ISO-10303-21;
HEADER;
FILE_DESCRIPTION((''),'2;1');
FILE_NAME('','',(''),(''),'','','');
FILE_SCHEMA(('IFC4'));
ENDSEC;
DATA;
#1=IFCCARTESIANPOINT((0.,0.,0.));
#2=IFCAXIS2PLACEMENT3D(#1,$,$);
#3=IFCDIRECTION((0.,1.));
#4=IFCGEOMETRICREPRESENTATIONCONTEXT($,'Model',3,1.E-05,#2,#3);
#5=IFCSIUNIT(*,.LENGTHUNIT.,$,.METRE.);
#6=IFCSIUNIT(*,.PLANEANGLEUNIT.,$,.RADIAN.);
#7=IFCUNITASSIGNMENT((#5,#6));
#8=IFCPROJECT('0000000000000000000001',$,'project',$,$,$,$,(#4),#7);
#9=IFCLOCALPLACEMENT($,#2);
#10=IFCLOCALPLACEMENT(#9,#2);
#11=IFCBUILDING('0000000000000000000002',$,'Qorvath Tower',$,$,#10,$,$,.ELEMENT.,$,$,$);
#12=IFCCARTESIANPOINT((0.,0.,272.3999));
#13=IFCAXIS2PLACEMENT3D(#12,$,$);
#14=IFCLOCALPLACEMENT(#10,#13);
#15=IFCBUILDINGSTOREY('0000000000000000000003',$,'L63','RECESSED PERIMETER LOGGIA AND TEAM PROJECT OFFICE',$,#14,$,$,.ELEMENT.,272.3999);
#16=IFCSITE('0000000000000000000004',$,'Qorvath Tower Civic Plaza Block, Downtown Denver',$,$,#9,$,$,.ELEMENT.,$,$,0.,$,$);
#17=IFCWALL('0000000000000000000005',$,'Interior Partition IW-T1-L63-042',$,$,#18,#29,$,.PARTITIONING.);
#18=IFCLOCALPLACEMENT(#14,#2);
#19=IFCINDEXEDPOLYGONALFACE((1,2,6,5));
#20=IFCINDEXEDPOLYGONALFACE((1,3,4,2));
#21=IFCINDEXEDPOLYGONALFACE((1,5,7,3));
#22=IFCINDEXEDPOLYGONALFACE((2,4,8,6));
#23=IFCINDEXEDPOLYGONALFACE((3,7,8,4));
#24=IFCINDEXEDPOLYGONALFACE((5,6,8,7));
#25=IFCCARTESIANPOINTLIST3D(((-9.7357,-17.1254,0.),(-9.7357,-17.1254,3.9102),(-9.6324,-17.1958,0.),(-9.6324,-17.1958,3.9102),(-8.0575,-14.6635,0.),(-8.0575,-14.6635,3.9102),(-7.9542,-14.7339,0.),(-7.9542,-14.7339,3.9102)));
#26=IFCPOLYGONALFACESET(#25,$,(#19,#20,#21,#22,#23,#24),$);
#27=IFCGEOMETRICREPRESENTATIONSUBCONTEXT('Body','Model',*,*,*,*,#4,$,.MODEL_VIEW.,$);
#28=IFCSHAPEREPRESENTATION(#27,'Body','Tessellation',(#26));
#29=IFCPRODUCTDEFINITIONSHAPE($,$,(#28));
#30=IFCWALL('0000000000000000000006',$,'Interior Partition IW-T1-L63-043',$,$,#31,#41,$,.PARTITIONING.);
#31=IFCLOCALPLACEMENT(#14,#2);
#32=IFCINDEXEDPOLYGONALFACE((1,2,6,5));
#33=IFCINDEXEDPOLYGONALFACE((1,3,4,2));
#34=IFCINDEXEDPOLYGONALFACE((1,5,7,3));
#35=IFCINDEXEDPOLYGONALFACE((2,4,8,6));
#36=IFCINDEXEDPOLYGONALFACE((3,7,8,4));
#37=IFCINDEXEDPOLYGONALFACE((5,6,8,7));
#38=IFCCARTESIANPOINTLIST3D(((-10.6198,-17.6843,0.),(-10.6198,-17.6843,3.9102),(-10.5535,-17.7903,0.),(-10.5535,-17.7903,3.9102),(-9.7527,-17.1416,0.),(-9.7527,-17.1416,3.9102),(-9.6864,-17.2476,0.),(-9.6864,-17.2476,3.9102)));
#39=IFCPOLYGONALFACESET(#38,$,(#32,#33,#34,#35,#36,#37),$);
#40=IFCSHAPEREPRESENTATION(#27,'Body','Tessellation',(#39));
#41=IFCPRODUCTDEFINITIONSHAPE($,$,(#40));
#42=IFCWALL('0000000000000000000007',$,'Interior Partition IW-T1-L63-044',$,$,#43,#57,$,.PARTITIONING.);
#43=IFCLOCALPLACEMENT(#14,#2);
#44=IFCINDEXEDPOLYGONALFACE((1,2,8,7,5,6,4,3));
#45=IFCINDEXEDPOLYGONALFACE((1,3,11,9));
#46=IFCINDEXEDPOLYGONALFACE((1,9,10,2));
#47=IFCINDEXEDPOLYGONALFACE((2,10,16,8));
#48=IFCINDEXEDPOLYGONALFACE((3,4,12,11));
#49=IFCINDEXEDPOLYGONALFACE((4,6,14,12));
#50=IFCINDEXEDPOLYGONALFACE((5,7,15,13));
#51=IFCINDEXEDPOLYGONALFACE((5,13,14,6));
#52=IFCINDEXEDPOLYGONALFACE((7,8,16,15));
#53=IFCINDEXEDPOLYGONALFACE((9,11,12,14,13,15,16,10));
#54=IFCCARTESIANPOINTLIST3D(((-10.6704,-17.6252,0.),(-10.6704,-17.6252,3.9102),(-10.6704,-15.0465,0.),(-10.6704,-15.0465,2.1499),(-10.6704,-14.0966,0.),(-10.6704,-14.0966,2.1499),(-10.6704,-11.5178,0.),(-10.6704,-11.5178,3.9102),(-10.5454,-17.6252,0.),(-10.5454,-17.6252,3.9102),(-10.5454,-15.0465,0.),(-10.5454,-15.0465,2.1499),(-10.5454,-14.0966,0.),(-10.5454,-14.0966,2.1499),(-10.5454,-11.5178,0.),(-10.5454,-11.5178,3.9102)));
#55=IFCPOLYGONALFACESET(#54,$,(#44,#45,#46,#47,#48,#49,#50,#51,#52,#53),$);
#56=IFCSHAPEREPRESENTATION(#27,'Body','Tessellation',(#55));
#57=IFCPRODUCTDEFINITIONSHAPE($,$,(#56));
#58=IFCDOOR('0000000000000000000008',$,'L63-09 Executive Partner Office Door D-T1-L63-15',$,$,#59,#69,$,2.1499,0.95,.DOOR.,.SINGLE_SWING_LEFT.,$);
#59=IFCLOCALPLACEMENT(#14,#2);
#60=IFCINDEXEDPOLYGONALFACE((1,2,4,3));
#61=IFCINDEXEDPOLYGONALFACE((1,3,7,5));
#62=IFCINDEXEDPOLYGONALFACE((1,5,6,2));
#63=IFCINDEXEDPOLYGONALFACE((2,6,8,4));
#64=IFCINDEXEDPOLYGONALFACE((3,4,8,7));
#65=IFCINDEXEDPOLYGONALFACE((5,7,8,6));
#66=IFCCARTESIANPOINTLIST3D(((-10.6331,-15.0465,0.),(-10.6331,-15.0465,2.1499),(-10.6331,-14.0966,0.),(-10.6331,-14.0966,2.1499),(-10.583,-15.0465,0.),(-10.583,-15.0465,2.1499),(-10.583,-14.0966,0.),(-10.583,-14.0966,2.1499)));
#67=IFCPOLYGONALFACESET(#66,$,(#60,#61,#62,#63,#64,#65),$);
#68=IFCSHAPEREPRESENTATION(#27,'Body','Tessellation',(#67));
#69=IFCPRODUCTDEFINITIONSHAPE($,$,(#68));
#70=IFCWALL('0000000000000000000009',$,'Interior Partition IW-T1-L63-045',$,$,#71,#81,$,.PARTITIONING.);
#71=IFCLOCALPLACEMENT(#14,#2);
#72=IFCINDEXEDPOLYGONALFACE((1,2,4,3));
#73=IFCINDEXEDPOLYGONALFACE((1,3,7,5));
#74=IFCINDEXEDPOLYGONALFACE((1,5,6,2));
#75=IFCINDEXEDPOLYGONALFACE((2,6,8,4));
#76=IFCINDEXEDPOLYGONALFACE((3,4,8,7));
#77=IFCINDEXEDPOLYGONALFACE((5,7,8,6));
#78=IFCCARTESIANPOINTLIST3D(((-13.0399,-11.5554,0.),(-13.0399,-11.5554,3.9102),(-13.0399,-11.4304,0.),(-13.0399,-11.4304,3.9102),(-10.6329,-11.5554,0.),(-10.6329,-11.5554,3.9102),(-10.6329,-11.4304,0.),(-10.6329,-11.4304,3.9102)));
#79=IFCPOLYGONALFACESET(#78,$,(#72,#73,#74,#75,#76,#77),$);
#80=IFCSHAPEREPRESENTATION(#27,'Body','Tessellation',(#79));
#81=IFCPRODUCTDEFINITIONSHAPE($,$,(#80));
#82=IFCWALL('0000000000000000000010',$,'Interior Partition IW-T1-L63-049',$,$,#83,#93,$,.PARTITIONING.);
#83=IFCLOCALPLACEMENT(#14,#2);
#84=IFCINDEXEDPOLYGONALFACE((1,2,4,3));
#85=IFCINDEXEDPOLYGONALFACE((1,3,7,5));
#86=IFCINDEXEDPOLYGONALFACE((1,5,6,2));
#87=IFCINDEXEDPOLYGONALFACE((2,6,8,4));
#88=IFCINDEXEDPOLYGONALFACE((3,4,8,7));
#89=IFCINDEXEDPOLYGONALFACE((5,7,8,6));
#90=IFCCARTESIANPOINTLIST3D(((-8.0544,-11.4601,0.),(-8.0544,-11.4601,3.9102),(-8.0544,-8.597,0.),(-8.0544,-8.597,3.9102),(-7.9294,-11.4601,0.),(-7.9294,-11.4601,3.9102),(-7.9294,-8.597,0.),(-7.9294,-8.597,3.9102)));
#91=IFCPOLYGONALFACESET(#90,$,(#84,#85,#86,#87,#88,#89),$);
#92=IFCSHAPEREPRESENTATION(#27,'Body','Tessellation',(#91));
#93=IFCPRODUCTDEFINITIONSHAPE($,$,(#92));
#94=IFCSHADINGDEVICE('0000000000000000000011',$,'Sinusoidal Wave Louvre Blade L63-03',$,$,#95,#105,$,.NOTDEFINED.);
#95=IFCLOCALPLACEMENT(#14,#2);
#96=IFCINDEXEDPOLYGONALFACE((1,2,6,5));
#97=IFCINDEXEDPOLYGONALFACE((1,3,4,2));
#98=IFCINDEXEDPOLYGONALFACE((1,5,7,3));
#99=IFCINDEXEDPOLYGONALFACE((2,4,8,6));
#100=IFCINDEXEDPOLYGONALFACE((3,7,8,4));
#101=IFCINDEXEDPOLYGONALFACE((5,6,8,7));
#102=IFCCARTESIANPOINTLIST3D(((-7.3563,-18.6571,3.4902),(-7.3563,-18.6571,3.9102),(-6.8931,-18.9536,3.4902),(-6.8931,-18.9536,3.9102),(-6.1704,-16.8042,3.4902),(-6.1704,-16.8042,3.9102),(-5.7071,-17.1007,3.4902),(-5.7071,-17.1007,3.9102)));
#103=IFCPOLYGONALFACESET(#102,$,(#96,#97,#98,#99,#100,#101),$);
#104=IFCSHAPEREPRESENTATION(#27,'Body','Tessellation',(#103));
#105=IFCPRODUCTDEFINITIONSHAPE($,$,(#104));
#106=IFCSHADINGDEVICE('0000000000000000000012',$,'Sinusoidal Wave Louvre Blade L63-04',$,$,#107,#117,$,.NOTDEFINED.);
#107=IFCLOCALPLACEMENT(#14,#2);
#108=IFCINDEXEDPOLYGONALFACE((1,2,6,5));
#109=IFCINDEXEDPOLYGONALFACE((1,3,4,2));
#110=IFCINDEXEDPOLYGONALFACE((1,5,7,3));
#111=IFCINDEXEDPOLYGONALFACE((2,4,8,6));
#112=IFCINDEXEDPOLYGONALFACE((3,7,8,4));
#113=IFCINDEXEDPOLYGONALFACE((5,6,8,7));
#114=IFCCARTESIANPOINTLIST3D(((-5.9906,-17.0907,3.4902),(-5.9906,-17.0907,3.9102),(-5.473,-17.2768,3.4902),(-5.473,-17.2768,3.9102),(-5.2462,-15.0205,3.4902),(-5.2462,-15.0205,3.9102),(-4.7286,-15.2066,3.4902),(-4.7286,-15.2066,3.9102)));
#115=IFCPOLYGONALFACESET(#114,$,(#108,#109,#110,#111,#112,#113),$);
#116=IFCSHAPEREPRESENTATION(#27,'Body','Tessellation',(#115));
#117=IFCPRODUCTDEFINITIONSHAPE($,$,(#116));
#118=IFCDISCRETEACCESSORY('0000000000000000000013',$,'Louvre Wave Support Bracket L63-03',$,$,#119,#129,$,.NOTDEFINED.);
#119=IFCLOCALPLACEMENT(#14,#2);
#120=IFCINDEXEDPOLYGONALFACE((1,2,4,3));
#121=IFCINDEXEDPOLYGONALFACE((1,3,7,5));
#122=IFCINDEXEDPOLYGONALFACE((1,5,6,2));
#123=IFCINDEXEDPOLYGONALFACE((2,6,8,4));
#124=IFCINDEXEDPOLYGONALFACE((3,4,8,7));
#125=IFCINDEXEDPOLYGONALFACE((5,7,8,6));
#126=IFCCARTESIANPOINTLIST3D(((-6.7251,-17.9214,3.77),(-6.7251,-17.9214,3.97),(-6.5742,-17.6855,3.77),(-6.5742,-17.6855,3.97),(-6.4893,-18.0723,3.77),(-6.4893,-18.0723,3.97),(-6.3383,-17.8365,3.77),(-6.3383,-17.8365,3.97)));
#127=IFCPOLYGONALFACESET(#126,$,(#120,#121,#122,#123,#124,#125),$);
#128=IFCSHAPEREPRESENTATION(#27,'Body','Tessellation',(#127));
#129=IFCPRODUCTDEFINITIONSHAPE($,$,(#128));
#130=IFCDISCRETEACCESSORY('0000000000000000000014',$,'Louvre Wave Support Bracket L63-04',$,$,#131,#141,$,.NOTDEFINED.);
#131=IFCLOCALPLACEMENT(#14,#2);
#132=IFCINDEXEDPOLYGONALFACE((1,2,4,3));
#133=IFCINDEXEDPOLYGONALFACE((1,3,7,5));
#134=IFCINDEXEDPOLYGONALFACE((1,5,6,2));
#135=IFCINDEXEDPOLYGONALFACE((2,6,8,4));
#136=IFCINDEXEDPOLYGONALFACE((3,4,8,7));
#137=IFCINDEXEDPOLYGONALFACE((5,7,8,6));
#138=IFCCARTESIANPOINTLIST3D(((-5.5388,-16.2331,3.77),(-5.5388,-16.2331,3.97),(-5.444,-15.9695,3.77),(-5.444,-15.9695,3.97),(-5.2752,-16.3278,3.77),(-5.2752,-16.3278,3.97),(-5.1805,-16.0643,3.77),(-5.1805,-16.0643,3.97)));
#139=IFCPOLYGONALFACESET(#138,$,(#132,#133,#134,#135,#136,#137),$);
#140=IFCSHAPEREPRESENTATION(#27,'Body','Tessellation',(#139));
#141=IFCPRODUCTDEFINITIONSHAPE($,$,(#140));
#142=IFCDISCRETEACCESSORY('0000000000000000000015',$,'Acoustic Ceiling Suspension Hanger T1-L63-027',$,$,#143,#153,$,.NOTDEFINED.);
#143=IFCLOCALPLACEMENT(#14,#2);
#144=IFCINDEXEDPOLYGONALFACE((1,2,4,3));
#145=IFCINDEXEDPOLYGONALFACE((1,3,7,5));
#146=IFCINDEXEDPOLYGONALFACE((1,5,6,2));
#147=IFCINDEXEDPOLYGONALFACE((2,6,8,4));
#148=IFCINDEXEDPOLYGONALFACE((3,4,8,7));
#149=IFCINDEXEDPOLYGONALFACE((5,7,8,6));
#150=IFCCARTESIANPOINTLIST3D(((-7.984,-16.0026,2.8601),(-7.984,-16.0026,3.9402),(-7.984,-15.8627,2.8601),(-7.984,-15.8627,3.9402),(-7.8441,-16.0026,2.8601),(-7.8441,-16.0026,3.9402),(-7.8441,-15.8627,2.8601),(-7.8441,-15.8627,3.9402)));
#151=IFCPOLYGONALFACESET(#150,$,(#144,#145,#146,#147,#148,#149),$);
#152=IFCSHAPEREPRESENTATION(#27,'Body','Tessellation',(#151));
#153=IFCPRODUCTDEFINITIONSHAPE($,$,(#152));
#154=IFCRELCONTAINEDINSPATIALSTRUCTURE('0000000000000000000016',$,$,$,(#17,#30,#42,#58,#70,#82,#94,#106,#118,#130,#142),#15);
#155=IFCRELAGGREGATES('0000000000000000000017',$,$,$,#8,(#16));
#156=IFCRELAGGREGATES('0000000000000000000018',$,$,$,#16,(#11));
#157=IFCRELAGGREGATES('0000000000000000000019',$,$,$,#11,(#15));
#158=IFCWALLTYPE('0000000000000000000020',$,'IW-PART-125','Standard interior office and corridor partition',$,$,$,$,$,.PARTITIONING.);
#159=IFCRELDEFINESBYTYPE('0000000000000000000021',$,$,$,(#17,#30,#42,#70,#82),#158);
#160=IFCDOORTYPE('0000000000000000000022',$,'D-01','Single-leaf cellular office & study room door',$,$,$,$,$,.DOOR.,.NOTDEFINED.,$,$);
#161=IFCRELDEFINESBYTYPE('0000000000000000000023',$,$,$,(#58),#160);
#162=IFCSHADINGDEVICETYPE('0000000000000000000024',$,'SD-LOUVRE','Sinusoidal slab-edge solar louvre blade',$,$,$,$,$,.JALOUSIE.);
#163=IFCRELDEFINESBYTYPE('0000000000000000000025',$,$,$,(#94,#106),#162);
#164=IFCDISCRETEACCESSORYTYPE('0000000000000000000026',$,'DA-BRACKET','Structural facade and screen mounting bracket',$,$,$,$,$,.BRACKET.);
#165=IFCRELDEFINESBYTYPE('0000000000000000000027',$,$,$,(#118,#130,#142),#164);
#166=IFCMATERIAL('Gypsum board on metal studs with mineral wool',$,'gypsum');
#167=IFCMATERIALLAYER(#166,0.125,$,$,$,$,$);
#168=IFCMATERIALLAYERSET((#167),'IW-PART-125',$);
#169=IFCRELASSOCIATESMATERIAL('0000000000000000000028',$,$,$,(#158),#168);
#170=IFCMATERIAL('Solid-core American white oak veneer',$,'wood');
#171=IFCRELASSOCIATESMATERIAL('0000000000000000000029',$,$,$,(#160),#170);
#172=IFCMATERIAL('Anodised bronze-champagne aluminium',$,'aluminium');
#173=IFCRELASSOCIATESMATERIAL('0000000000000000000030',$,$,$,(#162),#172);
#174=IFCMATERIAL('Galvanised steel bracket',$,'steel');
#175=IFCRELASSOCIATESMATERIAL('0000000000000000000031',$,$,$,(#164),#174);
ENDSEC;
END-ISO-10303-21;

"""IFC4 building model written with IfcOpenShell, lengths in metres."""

from ifc_helpers import new_model, si_unit, direction, frame, frame_2d, origin, origin_2d, place, context, subcontext, project, spatial, rectangle, extrude, material, layer, layer_set, type_object, element, fill, save


model = new_model("IFC4")

# Units and contexts
model_context = context("Model", 3, precision=1e-05, world=origin(), true_north=direction((0.0, 1.0)))
body_context = subcontext(model_context, "Body", "Model", "MODEL_VIEW")
ifc_project = project(units=[si_unit("LENGTHUNIT", "METRE"), si_unit("PLANEANGLEUNIT", "RADIAN")], contexts=[model_context])

# Site, building, storey
site_placement = place(None, origin())
site = spatial("IfcSite", under=ifc_project, at=site_placement, Name="Qorvath Tower Civic Plaza Block, Downtown Denver", CompositionType="ELEMENT", RefElevation=0.0)
building_placement = place(site_placement, origin())
building = spatial("IfcBuilding", under=site, at=building_placement, Name="Qorvath Tower", CompositionType="ELEMENT")
storey_placement = place(building_placement, frame((0.0, 0.0, 272.3999)))
storey = spatial("IfcBuildingStorey", under=building, at=storey_placement, Name="L63", Description="RECESSED PERIMETER LOGGIA AND TEAM PROJECT OFFICE", CompositionType="ELEMENT", Elevation=272.3999)

# Walls
ifc_material_1 = material(Name="Gypsum board on metal studs with mineral wool", Category="gypsum")
ifc_layer_1 = layer(ifc_material_1, 0.125)
ifc_layer_set_1 = layer_set([ifc_layer_1], Name="IW-PART-125")
wall_type = type_object("IfcWallType", Name="IW-PART-125", Description="Standard interior office and corridor partition", PredefinedType="PARTITIONING", material=ifc_layer_set_1)
wall_1_placement = place(storey_placement, frame((-9.6841, -17.1606, 0.0), z_axis=(0.0, 0.0, 1.0), x_axis=(0.563255, 0.826283, 0.0)))
element("IfcWall", 1, at=wall_1_placement, inside=storey, type_object=wall_type, Name="Interior Partition IW-T1-L63-042", PredefinedType="PARTITIONING", context=body_context, shape_type="SweptSolid", body=[
    extrude(rectangle(XDim=2.9795, YDim=0.125, at=frame_2d((1.4897, 0.0))), origin(), (0.0, 0.0, 1.0), 3.9102),
])
wall_2_placement = place(storey_placement, frame((-10.5867, -17.7373, 0.0), z_axis=(0.0, 0.0, 1.0), x_axis=(0.847676, 0.530514, 0.0)))
element("IfcWall", 2, at=wall_2_placement, inside=storey, type_object=wall_type, Name="Interior Partition IW-T1-L63-043", PredefinedType="PARTITIONING", context=body_context, shape_type="SweptSolid", body=[
    extrude(rectangle(XDim=1.0229, YDim=0.125, at=frame_2d((0.5115, 0.0))), origin(), (0.0, 0.0, 1.0), 3.9102),
])

# Wall, opening, door
wall_3_placement = place(storey_placement, frame((-10.6079, -11.5178, 0.0), z_axis=(0.0, 0.0, 1.0), x_axis=(0.0, -1.0, 0.0)))
wall_3 = element("IfcWall", 3, at=wall_3_placement, inside=storey, type_object=wall_type, Name="Interior Partition IW-T1-L63-044", PredefinedType="PARTITIONING", context=body_context, shape_type="SweptSolid", body=[
    extrude(rectangle(XDim=6.1074, YDim=0.125, at=frame_2d((3.0537, 0.0))), origin(), (0.0, 0.0, 1.0), 3.9102),
])
opening_placement = place(wall_3_placement, frame((2.5786, 0.0, 0.0)))
opening = element("IfcOpeningElement", 4, at=opening_placement, cuts=wall_3, PredefinedType="OPENING", context=body_context, shape_type="SweptSolid", body=[
    extrude(rectangle(XDim=0.95, YDim=2.1499, at=frame_2d((0.4751, 1.075))), frame((0.0, 0.0725, 0.0), z_axis=(0.0, -1.0, 0.0), x_axis=(1.0, 0.0, 0.0)), (0.0, 0.0, 1.0), 0.145),
])
ifc_material_2 = material(Name="Solid-core American white oak veneer", Category="wood")
door_type = type_object("IfcDoorType", Name="D-01", Description="Single-leaf cellular office & study room door", OperationType="NOTDEFINED", PredefinedType="DOOR", material=ifc_material_2)
door_placement = place(opening_placement, origin())
door = element("IfcDoor", 5, at=door_placement, inside=storey, type_object=door_type, Name="L63-09 Executive Partner Office Door D-T1-L63-15", OperationType="SINGLE_SWING_LEFT", OverallHeight=2.1499, OverallWidth=0.95, PredefinedType="DOOR", context=body_context, shape_type="SweptSolid", body=[
    extrude(rectangle(XDim=0.95, YDim=2.1499, at=frame_2d((0.4751, 1.075))), frame((0.0, 0.0249, 0.0), z_axis=(0.0, -1.0, 0.0), x_axis=(1.0, 0.0, 0.0)), (0.0, 0.0, 1.0), 0.05),
])
fill(opening, door)

# Walls
wall_4_placement = place(storey_placement, frame((-10.6328, -11.4929, 0.0), z_axis=(0.0, 0.0, 1.0), x_axis=(-1.0, 0.0, 0.0)))
element("IfcWall", 6, at=wall_4_placement, inside=storey, type_object=wall_type, Name="Interior Partition IW-T1-L63-045", PredefinedType="PARTITIONING", context=body_context, shape_type="SweptSolid", body=[
    extrude(rectangle(XDim=2.407, YDim=0.125, at=frame_2d((1.2036, 0.0))), origin(), (0.0, 0.0, 1.0), 3.9102),
])
wall_5_placement = place(storey_placement, frame((-7.9919, -8.5969, 0.0), z_axis=(0.0, 0.0, 1.0), x_axis=(0.0, -1.0, 0.0)))
element("IfcWall", 7, at=wall_5_placement, inside=storey, type_object=wall_type, Name="Interior Partition IW-T1-L63-049", PredefinedType="PARTITIONING", context=body_context, shape_type="SweptSolid", body=[
    extrude(rectangle(XDim=2.863, YDim=0.125, at=frame_2d((1.4316, 0.0))), origin(), (0.0, 0.0, 1.0), 3.9102),
])

# Shading devices
ifc_material_3 = material(Name="Anodised bronze-champagne aluminium", Category="aluminium")
shading_device_type = type_object("IfcShadingDeviceType", Name="SD-LOUVRE", Description="Sinusoidal slab-edge solar louvre blade", PredefinedType="JALOUSIE", material=ifc_material_3)
for number, where, z_axis, x_axis, name in (
    (8, (-6.5317, -17.8789, 3.4902), (0.0, 0.0, 1.0), (0.539074, 0.842259, 0.0), "Sinusoidal Wave Louvre Blade L63-03"),
    (9, (-5.3596, -16.1487, 3.4902), (0.0, 0.0, 1.0), (0.338365, 0.941015, 0.0), "Sinusoidal Wave Louvre Blade L63-04"),
):
    element("IfcShadingDevice", number, at=place(storey_placement, frame(where, z_axis=z_axis, x_axis=x_axis)), inside=storey, type_object=shading_device_type, Name=name, PredefinedType="NOTDEFINED", context=body_context, shape_type="SweptSolid", body=[
        extrude(rectangle(XDim=2.2, YDim=0.55, at=origin_2d()), origin(), (0.0, 0.0, 1.0), 0.4199),
    ])

# Discrete accessories
ifc_material_4 = material(Name="Galvanised steel bracket", Category="steel")
discrete_accessory_type = type_object("IfcDiscreteAccessoryType", Name="DA-BRACKET", Description="Structural facade and screen mounting bracket", PredefinedType="BRACKET", material=ifc_material_4)
for number, where, z_axis, x_axis, name in (
    (10, (-6.5317, -17.8789, 3.77), (0.0, 0.0, 1.0), (0.539074, 0.842259, 0.0), "Louvre Wave Support Bracket L63-03"),
    (11, (-5.3596, -16.1487, 3.77), (0.0, 0.0, 1.0), (0.338365, 0.941015, 0.0), "Louvre Wave Support Bracket L63-04"),
):
    element("IfcDiscreteAccessory", number, at=place(storey_placement, frame(where, z_axis=z_axis, x_axis=x_axis)), inside=storey, type_object=discrete_accessory_type, Name=name, PredefinedType="NOTDEFINED", context=body_context, shape_type="SweptSolid", body=[
        extrude(rectangle(XDim=0.28, YDim=0.28, at=origin_2d()), origin(), (0.0, 0.0, 1.0), 0.2),
    ])
discrete_accessory_placement = place(storey_placement, frame((-7.9141, -15.9326, 2.8601), z_axis=(0.0, 0.0, 1.0), x_axis=(1.0, 0.0, 0.0)))
element("IfcDiscreteAccessory", 12, at=discrete_accessory_placement, inside=storey, type_object=discrete_accessory_type, Name="Acoustic Ceiling Suspension Hanger T1-L63-027", PredefinedType="NOTDEFINED", context=body_context, shape_type="SweptSolid", body=[
    extrude(rectangle(XDim=0.1399, YDim=0.1399, at=origin_2d()), origin(), (0.0, 0.0, 1.0), 1.0801),
])

save(model, "model.ifc")
